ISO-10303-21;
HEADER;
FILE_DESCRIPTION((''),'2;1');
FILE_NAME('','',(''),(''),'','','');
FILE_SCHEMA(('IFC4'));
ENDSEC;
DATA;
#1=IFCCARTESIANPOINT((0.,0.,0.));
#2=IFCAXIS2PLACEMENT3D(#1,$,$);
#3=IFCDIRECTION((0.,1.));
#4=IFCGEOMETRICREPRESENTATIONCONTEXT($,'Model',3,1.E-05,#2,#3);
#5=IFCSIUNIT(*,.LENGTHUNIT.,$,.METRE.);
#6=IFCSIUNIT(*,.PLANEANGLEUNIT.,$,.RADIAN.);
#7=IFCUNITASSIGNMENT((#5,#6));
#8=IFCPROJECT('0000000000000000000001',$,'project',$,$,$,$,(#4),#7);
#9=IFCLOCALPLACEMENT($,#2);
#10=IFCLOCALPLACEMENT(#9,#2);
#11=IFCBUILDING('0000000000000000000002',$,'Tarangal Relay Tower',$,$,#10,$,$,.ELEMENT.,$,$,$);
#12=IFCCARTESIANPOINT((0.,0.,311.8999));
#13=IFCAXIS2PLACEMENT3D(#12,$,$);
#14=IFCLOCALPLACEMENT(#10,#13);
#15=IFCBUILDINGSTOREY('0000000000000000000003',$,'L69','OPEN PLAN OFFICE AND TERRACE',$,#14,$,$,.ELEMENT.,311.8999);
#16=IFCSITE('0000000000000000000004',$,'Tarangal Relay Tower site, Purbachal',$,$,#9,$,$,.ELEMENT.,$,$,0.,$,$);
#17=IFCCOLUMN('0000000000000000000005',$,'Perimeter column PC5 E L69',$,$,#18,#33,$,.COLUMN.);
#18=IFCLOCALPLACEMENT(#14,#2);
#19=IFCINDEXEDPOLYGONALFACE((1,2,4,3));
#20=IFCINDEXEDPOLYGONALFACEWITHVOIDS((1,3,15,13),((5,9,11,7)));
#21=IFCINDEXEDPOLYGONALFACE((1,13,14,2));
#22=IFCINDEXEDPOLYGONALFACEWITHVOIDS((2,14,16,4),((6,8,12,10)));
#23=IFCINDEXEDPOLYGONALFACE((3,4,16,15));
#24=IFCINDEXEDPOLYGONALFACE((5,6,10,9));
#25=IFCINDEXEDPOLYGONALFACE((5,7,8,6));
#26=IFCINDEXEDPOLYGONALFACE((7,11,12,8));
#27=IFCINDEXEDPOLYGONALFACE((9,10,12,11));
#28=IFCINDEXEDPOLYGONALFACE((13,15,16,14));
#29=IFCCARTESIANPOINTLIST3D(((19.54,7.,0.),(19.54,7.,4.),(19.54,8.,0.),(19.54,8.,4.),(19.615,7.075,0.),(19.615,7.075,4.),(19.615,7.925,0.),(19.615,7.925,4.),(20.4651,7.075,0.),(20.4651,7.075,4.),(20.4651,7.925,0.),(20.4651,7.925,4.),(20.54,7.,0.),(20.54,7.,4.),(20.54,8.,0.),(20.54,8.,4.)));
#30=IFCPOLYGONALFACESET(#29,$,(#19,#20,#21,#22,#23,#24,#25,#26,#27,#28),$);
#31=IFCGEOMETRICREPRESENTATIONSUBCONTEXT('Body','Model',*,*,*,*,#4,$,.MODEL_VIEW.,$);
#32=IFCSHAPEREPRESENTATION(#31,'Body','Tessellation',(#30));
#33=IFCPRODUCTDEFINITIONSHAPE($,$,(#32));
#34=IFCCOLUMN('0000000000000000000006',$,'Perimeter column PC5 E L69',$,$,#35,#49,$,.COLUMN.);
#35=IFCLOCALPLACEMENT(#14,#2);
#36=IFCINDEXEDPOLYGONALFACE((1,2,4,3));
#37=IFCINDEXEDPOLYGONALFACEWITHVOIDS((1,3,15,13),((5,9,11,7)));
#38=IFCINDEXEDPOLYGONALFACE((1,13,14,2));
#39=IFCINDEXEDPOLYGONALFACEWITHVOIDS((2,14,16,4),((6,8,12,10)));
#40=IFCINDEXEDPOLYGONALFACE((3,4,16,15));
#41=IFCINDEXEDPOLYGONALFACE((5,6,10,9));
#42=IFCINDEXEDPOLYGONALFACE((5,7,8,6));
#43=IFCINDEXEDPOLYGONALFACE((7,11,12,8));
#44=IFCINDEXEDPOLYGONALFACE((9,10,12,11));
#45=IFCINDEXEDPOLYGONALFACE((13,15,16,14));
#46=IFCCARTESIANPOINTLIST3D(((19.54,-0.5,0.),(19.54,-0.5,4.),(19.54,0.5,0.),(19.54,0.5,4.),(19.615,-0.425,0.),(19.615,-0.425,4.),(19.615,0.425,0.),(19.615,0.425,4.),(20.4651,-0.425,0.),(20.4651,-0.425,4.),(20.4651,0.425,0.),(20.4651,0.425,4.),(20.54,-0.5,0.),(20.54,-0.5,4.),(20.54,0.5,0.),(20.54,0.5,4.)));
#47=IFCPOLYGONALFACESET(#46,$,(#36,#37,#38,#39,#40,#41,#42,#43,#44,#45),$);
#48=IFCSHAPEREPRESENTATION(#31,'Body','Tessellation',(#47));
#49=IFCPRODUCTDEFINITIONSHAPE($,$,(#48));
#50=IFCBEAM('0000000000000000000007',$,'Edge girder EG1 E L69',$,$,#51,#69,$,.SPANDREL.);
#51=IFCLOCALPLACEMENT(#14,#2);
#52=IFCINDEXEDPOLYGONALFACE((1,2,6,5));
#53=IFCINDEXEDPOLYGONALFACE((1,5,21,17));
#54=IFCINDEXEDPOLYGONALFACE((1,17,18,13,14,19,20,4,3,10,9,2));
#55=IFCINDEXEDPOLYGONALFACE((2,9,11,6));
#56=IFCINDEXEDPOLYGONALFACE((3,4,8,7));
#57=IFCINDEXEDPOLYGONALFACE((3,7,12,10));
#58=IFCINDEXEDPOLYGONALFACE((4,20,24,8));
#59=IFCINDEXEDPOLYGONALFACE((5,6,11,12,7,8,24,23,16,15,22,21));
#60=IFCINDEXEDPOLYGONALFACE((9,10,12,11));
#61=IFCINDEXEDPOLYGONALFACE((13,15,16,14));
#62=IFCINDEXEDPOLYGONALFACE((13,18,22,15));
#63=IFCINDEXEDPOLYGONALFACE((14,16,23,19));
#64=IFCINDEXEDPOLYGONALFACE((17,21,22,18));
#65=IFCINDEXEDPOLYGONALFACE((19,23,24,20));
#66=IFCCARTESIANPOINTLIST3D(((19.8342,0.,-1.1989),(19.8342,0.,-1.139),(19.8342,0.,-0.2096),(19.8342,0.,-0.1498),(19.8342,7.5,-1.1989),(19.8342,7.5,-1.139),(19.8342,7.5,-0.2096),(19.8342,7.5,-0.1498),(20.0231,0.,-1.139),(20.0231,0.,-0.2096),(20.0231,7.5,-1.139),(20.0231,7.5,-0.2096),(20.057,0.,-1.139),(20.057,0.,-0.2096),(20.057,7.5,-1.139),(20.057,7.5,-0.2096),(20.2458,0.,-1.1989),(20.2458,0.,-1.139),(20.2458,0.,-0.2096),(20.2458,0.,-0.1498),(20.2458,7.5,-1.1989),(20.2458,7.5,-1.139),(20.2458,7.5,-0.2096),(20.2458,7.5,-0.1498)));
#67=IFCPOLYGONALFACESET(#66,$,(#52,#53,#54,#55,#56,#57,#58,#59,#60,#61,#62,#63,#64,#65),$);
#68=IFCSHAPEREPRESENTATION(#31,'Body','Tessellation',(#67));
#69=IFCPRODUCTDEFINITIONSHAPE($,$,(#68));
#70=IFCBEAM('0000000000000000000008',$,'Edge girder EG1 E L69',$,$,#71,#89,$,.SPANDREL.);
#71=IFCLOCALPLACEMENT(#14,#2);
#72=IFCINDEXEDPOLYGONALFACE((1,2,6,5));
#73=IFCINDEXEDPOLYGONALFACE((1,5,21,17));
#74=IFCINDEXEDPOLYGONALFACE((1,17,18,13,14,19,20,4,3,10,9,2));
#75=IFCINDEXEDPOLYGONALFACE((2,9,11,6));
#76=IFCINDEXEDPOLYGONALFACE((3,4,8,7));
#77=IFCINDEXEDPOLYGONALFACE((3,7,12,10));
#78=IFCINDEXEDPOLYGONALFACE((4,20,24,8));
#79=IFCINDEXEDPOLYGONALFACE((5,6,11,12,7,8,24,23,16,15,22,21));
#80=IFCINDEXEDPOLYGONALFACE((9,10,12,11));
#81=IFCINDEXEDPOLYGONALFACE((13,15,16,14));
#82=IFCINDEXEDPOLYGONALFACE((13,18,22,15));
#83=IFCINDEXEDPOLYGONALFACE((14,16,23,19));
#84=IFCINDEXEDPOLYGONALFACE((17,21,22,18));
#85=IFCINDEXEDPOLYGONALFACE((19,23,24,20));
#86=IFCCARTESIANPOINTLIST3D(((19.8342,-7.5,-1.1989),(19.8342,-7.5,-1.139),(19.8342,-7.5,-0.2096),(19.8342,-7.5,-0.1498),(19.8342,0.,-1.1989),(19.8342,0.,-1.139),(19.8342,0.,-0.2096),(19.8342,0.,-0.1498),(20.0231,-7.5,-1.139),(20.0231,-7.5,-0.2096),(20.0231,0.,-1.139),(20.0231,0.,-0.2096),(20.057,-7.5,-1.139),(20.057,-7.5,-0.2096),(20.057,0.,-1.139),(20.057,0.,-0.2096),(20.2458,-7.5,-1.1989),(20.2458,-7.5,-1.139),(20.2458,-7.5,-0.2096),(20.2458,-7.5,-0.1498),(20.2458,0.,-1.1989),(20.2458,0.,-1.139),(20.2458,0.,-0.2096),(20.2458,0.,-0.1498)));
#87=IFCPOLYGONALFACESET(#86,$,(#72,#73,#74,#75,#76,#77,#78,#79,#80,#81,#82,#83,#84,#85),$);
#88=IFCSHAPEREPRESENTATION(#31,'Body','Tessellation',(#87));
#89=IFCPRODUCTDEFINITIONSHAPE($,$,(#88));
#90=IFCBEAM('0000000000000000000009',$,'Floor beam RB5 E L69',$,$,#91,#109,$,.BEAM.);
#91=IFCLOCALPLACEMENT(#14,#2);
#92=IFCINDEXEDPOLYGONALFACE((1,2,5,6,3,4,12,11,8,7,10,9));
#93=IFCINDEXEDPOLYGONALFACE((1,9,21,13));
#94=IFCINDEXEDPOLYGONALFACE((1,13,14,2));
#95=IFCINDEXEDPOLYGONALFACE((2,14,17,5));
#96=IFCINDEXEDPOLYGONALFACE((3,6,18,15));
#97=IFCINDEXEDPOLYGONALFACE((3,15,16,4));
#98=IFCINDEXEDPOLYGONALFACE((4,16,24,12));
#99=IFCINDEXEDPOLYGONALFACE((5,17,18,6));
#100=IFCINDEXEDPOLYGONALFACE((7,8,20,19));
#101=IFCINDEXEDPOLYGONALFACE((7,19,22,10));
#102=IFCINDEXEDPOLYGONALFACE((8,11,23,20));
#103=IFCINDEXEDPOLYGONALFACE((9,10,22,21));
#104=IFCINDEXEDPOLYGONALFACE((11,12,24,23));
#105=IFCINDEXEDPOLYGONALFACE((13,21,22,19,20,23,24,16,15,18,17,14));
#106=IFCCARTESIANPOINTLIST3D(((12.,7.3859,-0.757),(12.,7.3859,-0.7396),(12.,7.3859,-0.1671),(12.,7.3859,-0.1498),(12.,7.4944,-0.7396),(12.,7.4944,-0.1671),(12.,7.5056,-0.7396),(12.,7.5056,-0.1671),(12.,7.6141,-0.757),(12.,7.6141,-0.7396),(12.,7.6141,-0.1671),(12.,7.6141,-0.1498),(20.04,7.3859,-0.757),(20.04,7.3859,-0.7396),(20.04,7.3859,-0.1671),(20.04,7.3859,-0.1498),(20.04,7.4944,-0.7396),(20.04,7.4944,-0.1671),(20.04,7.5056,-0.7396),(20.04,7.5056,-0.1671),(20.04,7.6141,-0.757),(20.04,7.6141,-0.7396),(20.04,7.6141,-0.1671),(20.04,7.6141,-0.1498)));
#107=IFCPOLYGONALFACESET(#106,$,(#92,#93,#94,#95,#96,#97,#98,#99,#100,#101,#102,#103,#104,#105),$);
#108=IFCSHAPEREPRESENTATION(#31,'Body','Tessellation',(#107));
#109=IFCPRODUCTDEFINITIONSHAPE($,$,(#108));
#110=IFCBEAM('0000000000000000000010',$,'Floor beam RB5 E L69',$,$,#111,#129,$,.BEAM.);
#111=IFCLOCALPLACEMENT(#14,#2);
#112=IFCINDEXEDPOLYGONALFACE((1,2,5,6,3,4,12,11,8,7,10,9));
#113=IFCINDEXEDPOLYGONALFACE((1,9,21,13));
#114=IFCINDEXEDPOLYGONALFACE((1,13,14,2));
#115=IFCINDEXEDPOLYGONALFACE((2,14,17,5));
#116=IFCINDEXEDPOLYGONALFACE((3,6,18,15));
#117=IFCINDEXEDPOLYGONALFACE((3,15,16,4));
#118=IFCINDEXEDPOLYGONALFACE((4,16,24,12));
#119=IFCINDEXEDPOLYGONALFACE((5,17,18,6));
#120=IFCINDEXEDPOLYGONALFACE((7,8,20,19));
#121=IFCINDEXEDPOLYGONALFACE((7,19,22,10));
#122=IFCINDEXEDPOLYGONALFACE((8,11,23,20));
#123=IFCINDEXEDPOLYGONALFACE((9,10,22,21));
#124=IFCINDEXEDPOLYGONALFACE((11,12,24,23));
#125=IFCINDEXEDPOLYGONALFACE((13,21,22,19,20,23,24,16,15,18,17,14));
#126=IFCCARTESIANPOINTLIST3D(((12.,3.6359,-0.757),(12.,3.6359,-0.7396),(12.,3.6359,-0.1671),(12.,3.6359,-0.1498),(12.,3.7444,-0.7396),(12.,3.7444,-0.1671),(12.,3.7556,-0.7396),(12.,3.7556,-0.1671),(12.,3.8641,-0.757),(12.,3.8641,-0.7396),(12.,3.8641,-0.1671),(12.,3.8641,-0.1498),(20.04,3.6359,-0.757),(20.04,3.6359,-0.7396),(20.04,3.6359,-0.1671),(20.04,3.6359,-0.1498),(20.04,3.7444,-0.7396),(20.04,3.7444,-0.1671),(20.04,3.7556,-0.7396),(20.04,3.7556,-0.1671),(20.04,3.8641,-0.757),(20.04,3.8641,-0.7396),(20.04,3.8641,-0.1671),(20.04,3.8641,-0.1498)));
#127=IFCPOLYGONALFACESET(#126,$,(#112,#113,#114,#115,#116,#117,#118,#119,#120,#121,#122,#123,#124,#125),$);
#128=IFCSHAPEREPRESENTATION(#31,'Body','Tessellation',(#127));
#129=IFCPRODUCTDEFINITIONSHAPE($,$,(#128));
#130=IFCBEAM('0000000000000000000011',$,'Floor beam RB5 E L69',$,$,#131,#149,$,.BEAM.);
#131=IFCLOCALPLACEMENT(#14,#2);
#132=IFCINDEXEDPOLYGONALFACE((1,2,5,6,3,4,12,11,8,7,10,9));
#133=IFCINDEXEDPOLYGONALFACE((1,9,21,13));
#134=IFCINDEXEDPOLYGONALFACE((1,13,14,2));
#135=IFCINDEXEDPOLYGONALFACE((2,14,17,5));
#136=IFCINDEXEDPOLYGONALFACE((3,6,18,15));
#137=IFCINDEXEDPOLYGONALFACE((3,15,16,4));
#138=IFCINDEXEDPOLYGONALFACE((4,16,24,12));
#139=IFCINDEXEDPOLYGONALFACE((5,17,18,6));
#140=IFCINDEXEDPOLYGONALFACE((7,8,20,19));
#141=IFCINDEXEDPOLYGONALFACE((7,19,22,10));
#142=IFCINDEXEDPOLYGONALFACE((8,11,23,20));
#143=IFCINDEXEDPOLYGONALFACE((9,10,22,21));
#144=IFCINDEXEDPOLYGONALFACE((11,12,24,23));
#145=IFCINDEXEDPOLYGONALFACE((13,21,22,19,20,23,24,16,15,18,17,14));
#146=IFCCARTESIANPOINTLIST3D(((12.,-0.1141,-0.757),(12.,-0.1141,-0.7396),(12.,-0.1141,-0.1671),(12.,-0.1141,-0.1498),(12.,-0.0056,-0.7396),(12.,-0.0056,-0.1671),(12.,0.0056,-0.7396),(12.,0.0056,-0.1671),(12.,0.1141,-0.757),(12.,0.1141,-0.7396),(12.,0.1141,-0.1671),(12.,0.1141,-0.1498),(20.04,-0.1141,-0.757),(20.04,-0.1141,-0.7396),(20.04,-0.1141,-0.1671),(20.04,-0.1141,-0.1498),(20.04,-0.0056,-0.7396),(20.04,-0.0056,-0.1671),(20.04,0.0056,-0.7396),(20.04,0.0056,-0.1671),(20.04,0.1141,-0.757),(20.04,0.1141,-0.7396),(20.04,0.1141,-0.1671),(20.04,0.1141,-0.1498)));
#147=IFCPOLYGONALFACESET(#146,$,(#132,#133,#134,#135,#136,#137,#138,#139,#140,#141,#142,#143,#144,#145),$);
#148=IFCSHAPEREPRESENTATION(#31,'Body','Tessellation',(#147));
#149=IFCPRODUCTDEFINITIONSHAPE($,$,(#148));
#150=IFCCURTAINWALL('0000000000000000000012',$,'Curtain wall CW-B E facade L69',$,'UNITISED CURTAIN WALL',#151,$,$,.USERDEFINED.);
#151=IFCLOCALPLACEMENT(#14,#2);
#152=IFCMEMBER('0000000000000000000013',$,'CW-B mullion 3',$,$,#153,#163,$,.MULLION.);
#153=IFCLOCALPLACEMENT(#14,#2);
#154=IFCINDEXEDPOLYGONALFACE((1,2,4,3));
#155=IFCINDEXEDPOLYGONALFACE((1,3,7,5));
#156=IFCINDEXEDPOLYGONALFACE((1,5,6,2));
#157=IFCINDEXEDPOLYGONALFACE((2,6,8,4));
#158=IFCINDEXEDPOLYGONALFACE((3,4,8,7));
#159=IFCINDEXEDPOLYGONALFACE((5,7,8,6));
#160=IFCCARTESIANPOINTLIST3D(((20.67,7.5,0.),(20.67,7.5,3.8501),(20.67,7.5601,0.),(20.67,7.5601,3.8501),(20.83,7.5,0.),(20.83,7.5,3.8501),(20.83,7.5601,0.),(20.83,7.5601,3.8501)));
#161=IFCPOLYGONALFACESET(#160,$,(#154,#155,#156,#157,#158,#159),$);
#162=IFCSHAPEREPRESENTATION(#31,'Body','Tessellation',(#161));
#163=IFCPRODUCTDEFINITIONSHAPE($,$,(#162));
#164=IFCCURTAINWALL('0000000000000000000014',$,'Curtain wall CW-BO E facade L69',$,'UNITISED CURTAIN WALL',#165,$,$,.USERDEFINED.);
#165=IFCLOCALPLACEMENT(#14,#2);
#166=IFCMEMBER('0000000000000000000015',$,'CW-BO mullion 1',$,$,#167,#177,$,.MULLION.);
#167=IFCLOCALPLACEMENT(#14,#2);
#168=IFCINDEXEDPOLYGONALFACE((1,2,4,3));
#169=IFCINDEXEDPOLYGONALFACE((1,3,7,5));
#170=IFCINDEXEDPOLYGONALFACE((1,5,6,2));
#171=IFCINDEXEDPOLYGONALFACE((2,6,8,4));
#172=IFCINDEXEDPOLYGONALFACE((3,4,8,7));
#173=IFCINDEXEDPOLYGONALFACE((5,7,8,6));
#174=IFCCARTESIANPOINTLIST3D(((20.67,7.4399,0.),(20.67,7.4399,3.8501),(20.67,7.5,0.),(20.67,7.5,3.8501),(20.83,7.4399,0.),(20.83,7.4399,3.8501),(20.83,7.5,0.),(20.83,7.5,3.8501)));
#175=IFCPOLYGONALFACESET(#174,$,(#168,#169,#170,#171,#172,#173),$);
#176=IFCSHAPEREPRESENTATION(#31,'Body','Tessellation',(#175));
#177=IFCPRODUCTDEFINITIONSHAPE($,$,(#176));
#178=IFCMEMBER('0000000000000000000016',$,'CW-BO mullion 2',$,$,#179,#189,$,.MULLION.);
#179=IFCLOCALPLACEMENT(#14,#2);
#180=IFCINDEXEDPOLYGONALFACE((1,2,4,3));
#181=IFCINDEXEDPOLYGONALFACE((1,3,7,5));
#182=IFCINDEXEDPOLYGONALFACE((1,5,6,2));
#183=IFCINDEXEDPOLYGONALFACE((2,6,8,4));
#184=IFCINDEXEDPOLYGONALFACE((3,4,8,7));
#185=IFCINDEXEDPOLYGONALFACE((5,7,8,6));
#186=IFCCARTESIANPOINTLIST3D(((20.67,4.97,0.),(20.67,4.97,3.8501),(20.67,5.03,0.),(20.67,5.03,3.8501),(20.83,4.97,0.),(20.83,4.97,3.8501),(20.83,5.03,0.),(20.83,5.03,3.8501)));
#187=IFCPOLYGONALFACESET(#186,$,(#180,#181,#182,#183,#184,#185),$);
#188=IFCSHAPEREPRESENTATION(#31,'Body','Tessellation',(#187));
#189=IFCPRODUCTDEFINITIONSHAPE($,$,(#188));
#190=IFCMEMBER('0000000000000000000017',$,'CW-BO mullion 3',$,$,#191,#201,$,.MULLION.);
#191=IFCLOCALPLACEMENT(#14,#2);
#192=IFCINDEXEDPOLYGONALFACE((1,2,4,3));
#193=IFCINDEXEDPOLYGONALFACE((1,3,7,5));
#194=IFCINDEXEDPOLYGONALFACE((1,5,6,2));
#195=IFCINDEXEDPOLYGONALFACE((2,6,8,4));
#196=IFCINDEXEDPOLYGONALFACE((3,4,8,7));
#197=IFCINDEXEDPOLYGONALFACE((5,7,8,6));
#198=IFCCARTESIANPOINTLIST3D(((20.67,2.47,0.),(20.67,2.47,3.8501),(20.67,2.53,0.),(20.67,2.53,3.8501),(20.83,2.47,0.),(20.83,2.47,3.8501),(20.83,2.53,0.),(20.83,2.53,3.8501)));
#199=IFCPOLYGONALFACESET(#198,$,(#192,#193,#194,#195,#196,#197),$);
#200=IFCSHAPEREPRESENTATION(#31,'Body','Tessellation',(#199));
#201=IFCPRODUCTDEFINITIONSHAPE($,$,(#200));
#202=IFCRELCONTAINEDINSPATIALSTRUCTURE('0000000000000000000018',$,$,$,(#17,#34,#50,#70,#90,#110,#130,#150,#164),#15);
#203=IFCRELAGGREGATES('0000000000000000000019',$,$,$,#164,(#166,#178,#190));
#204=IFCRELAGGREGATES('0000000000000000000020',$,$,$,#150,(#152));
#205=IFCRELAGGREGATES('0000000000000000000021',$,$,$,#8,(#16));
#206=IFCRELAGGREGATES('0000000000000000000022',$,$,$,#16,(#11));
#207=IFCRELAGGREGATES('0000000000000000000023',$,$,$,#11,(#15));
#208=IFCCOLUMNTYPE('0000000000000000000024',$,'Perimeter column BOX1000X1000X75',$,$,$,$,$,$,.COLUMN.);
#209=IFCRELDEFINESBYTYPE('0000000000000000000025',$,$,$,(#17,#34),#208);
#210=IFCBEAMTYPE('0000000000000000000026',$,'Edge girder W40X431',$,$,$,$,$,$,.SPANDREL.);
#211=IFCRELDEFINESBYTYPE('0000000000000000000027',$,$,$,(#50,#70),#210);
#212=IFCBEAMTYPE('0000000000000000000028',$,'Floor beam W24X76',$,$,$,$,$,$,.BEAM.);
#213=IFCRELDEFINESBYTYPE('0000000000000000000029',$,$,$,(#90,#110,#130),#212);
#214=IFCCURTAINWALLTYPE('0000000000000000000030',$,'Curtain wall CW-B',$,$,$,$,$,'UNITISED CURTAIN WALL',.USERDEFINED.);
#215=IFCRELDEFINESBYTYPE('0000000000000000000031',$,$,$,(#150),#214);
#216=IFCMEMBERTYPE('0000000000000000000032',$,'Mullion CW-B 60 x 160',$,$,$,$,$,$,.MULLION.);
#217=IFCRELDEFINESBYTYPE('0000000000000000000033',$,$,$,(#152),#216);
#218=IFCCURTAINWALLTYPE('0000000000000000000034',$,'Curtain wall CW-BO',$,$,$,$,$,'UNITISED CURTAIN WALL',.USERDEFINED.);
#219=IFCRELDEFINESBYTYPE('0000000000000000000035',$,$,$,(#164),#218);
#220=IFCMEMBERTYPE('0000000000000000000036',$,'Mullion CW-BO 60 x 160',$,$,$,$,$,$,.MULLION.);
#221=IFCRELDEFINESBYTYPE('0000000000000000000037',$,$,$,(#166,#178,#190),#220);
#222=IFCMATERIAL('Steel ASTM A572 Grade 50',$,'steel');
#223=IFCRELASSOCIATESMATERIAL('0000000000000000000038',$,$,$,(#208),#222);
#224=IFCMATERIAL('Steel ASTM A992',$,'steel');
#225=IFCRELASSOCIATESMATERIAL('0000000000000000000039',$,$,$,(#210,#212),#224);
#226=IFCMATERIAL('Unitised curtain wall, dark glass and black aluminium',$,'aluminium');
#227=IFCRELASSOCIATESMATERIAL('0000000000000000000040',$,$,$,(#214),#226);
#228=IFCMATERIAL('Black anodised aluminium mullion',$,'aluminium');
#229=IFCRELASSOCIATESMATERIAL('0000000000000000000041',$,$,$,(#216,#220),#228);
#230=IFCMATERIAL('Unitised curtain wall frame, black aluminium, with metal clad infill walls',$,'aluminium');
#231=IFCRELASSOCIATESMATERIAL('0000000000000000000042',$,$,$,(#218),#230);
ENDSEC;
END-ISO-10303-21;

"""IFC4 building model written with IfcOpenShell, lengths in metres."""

from ifc_helpers import new_model, si_unit, direction, frame, origin, origin_2d, place, context, subcontext, project, spatial, rectangle, hollow_rectangle, i_section, extrude, material, material_profile, profile_set, type_object, element, aggregate, save


model = new_model("IFC4")

# Units and contexts
model_context = context("Model", 3, precision=1e-05, world=origin(), true_north=direction((0.0, 1.0)))
body_context = subcontext(model_context, "Body", "Model", "MODEL_VIEW")
ifc_project = project(units=[si_unit("LENGTHUNIT", "METRE"), si_unit("PLANEANGLEUNIT", "RADIAN")], contexts=[model_context])

# Site, building, storey
site_placement = place(None, origin())
site = spatial("IfcSite", under=ifc_project, at=site_placement, Name="Tarangal Relay Tower site, Purbachal", CompositionType="ELEMENT", RefElevation=0.0)
building_placement = place(site_placement, origin())
building = spatial("IfcBuilding", under=site, at=building_placement, Name="Tarangal Relay Tower", CompositionType="ELEMENT")
storey_placement = place(building_placement, frame((0.0, 0.0, 311.8999)))
storey = spatial("IfcBuildingStorey", under=building, at=storey_placement, Name="L69", Description="OPEN PLAN OFFICE AND TERRACE", CompositionType="ELEMENT", Elevation=311.8999)

# Columns
ifc_material_1 = material(Name="Steel ASTM A572 Grade 50", Category="steel")
ifc_material_profile_1 = material_profile(ifc_material_1, hollow_rectangle(XDim=1.0, YDim=1.0, WallThickness=0.075, at=origin_2d()), Name="BOX1000X1000X75")
ifc_profile_set_1 = profile_set([ifc_material_profile_1], Name="Steel ASTM A572 Grade 50")
column_type = type_object("IfcColumnType", Name="Perimeter column BOX1000X1000X75", PredefinedType="COLUMN", material=ifc_profile_set_1)
for number, where, z_axis, x_axis, name in (
    (1, (20.04, 7.5, 0.0), (0.0, 0.0, 1.0), (1.0, 0.0, 0.0), "Perimeter column PC5 E L69"),
    (2, (20.04, 0.0, 0.0), (0.0, 0.0, 1.0), (1.0, 0.0, 0.0), "Perimeter column PC5 E L69"),
):
    element("IfcColumn", number, at=place(storey_placement, frame(where, z_axis=z_axis, x_axis=x_axis)), inside=storey, type_object=column_type, Name=name, PredefinedType="COLUMN", context=body_context, shape_type="SweptSolid", body=[
        extrude(hollow_rectangle(XDim=1.0, YDim=1.0, WallThickness=0.075, at=origin_2d()), origin(), (0.0, 0.0, 1.0), 4.0),
    ])

# Beams
ifc_material_2 = material(Name="Steel ASTM A992", Category="steel")
ifc_material_profile_2 = material_profile(ifc_material_2, i_section(OverallWidth=0.4116, OverallDepth=1.0491, WebThickness=0.0339, FlangeThickness=0.0598, at=origin_2d()), Name="W40X431")
ifc_profile_set_2 = profile_set([ifc_material_profile_2], Name="Steel ASTM A992")
beam_type_1 = type_object("IfcBeamType", Name="Edge girder W40X431", PredefinedType="SPANDREL", material=ifc_profile_set_2)
for number, where, z_axis, x_axis, name in (
    (3, (20.04, 7.5, -0.6743), (0.0, -1.0, 0.0), (1.0, 0.0, 0.0), "Edge girder EG1 E L69"),
    (4, (20.04, 0.0, -0.6743), (0.0, -1.0, 0.0), (1.0, 0.0, 0.0), "Edge girder EG1 E L69"),
):
    element("IfcBeam", number, at=place(storey_placement, frame(where, z_axis=z_axis, x_axis=x_axis)), inside=storey, type_object=beam_type_1, Name=name, PredefinedType="SPANDREL", context=body_context, shape_type="SweptSolid", body=[
        extrude(i_section(OverallWidth=0.4116, OverallDepth=1.0491, WebThickness=0.0339, FlangeThickness=0.0598, at=origin_2d()), origin(), (0.0, 0.0, 1.0), 7.5),
    ])
ifc_material_profile_3 = material_profile(ifc_material_2, i_section(OverallWidth=0.2283, OverallDepth=0.6072, WebThickness=0.0112, FlangeThickness=0.0173, at=origin_2d()), Name="W24X76")
ifc_profile_set_3 = profile_set([ifc_material_profile_3], Name="Steel ASTM A992")
beam_type_2 = type_object("IfcBeamType", Name="Floor beam W24X76", PredefinedType="BEAM", material=ifc_profile_set_3)
for number, where, z_axis, x_axis, name in (
    (5, (12.0, 7.5, -0.4534), (1.0, 0.0, 0.0), (0.0, 1.0, 0.0), "Floor beam RB5 E L69"),
    (6, (12.0, 3.75, -0.4534), (1.0, 0.0, 0.0), (0.0, 1.0, 0.0), "Floor beam RB5 E L69"),
    (7, (12.0, 0.0, -0.4534), (1.0, 0.0, 0.0), (0.0, 1.0, 0.0), "Floor beam RB5 E L69"),
):
    element("IfcBeam", number, at=place(storey_placement, frame(where, z_axis=z_axis, x_axis=x_axis)), inside=storey, type_object=beam_type_2, Name=name, PredefinedType="BEAM", context=body_context, shape_type="SweptSolid", body=[
        extrude(i_section(OverallWidth=0.2283, OverallDepth=0.6072, WebThickness=0.0112, FlangeThickness=0.0173, at=origin_2d()), origin(), (0.0, 0.0, 1.0), 8.04),
    ])

# Curtain wall, member
ifc_material_3 = material(Name="Unitised curtain wall, dark glass and black aluminium", Category="aluminium")
curtain_wall_type_1 = type_object("IfcCurtainWallType", Name="Curtain wall CW-B", ElementType="UNITISED CURTAIN WALL", PredefinedType="USERDEFINED", material=ifc_material_3)
curtain_wall_1_placement = place(storey_placement, origin())
curtain_wall_1 = element("IfcCurtainWall", 8, at=curtain_wall_1_placement, inside=storey, type_object=curtain_wall_type_1, Name="Curtain wall CW-B E facade L69", ObjectType="UNITISED CURTAIN WALL", PredefinedType="USERDEFINED")
ifc_material_4 = material(Name="Black anodised aluminium mullion", Category="aluminium")
ifc_material_profile_4 = material_profile(ifc_material_4, rectangle(XDim=0.1599, YDim=0.0601, at=origin_2d()), Name="CW-BM 60X160")
ifc_profile_set_4 = profile_set([ifc_material_profile_4], Name="Black anodised aluminium mullion")
member_type_1 = type_object("IfcMemberType", Name="Mullion CW-B 60 x 160", PredefinedType="MULLION", material=ifc_profile_set_4)
member_1_placement = place(storey_placement, frame((20.75, 7.53, 0.0), z_axis=(0.0, 0.0, 1.0), x_axis=(1.0, 0.0, 0.0)))
member_1 = element("IfcMember", 9, at=member_1_placement, type_object=member_type_1, Name="CW-B mullion 3", PredefinedType="MULLION", context=body_context, shape_type="SweptSolid", body=[
    extrude(rectangle(XDim=0.1599, YDim=0.0601, at=origin_2d()), origin(), (0.0, 0.0, 1.0), 3.8501),
])

# Curtain wall, members
ifc_material_5 = material(Name="Unitised curtain wall frame, black aluminium, with metal clad infill walls", Category="aluminium")
curtain_wall_type_2 = type_object("IfcCurtainWallType", Name="Curtain wall CW-BO", ElementType="UNITISED CURTAIN WALL", PredefinedType="USERDEFINED", material=ifc_material_5)
curtain_wall_2_placement = place(storey_placement, origin())
curtain_wall_2 = element("IfcCurtainWall", 10, at=curtain_wall_2_placement, inside=storey, type_object=curtain_wall_type_2, Name="Curtain wall CW-BO E facade L69", ObjectType="UNITISED CURTAIN WALL", PredefinedType="USERDEFINED")
ifc_material_profile_5 = material_profile(ifc_material_4, rectangle(XDim=0.1599, YDim=0.0601, at=origin_2d()), Name="CW-BOM 60X160")
ifc_profile_set_5 = profile_set([ifc_material_profile_5], Name="Black anodised aluminium mullion")
member_type_2 = type_object("IfcMemberType", Name="Mullion CW-BO 60 x 160", PredefinedType="MULLION", material=ifc_profile_set_5)
member_2_placement = place(storey_placement, frame((20.75, 7.47, 0.0), z_axis=(0.0, 0.0, 1.0), x_axis=(1.0, 0.0, 0.0)))
member_2 = element("IfcMember", 11, at=member_2_placement, type_object=member_type_2, Name="CW-BO mullion 1", PredefinedType="MULLION", context=body_context, shape_type="SweptSolid", body=[
    extrude(rectangle(XDim=0.1599, YDim=0.0601, at=origin_2d()), origin(), (0.0, 0.0, 1.0), 3.8501),
])
member_3_placement = place(storey_placement, frame((20.75, 5.0, 0.0), z_axis=(0.0, 0.0, 1.0), x_axis=(1.0, 0.0, 0.0)))
member_3 = element("IfcMember", 12, at=member_3_placement, type_object=member_type_2, Name="CW-BO mullion 2", PredefinedType="MULLION", context=body_context, shape_type="SweptSolid", body=[
    extrude(rectangle(XDim=0.1599, YDim=0.0601, at=origin_2d()), origin(), (0.0, 0.0, 1.0), 3.8501),
])
member_4_placement = place(storey_placement, frame((20.75, 2.5, 0.0), z_axis=(0.0, 0.0, 1.0), x_axis=(1.0, 0.0, 0.0)))
member_4 = element("IfcMember", 13, at=member_4_placement, type_object=member_type_2, Name="CW-BO mullion 3", PredefinedType="MULLION", context=body_context, shape_type="SweptSolid", body=[
    extrude(rectangle(XDim=0.1599, YDim=0.0601, at=origin_2d()), origin(), (0.0, 0.0, 1.0), 3.8501),
])
aggregate(curtain_wall_2, [member_2, member_3, member_4])

aggregate(curtain_wall_1, [member_1])

save(model, "model.ifc")
